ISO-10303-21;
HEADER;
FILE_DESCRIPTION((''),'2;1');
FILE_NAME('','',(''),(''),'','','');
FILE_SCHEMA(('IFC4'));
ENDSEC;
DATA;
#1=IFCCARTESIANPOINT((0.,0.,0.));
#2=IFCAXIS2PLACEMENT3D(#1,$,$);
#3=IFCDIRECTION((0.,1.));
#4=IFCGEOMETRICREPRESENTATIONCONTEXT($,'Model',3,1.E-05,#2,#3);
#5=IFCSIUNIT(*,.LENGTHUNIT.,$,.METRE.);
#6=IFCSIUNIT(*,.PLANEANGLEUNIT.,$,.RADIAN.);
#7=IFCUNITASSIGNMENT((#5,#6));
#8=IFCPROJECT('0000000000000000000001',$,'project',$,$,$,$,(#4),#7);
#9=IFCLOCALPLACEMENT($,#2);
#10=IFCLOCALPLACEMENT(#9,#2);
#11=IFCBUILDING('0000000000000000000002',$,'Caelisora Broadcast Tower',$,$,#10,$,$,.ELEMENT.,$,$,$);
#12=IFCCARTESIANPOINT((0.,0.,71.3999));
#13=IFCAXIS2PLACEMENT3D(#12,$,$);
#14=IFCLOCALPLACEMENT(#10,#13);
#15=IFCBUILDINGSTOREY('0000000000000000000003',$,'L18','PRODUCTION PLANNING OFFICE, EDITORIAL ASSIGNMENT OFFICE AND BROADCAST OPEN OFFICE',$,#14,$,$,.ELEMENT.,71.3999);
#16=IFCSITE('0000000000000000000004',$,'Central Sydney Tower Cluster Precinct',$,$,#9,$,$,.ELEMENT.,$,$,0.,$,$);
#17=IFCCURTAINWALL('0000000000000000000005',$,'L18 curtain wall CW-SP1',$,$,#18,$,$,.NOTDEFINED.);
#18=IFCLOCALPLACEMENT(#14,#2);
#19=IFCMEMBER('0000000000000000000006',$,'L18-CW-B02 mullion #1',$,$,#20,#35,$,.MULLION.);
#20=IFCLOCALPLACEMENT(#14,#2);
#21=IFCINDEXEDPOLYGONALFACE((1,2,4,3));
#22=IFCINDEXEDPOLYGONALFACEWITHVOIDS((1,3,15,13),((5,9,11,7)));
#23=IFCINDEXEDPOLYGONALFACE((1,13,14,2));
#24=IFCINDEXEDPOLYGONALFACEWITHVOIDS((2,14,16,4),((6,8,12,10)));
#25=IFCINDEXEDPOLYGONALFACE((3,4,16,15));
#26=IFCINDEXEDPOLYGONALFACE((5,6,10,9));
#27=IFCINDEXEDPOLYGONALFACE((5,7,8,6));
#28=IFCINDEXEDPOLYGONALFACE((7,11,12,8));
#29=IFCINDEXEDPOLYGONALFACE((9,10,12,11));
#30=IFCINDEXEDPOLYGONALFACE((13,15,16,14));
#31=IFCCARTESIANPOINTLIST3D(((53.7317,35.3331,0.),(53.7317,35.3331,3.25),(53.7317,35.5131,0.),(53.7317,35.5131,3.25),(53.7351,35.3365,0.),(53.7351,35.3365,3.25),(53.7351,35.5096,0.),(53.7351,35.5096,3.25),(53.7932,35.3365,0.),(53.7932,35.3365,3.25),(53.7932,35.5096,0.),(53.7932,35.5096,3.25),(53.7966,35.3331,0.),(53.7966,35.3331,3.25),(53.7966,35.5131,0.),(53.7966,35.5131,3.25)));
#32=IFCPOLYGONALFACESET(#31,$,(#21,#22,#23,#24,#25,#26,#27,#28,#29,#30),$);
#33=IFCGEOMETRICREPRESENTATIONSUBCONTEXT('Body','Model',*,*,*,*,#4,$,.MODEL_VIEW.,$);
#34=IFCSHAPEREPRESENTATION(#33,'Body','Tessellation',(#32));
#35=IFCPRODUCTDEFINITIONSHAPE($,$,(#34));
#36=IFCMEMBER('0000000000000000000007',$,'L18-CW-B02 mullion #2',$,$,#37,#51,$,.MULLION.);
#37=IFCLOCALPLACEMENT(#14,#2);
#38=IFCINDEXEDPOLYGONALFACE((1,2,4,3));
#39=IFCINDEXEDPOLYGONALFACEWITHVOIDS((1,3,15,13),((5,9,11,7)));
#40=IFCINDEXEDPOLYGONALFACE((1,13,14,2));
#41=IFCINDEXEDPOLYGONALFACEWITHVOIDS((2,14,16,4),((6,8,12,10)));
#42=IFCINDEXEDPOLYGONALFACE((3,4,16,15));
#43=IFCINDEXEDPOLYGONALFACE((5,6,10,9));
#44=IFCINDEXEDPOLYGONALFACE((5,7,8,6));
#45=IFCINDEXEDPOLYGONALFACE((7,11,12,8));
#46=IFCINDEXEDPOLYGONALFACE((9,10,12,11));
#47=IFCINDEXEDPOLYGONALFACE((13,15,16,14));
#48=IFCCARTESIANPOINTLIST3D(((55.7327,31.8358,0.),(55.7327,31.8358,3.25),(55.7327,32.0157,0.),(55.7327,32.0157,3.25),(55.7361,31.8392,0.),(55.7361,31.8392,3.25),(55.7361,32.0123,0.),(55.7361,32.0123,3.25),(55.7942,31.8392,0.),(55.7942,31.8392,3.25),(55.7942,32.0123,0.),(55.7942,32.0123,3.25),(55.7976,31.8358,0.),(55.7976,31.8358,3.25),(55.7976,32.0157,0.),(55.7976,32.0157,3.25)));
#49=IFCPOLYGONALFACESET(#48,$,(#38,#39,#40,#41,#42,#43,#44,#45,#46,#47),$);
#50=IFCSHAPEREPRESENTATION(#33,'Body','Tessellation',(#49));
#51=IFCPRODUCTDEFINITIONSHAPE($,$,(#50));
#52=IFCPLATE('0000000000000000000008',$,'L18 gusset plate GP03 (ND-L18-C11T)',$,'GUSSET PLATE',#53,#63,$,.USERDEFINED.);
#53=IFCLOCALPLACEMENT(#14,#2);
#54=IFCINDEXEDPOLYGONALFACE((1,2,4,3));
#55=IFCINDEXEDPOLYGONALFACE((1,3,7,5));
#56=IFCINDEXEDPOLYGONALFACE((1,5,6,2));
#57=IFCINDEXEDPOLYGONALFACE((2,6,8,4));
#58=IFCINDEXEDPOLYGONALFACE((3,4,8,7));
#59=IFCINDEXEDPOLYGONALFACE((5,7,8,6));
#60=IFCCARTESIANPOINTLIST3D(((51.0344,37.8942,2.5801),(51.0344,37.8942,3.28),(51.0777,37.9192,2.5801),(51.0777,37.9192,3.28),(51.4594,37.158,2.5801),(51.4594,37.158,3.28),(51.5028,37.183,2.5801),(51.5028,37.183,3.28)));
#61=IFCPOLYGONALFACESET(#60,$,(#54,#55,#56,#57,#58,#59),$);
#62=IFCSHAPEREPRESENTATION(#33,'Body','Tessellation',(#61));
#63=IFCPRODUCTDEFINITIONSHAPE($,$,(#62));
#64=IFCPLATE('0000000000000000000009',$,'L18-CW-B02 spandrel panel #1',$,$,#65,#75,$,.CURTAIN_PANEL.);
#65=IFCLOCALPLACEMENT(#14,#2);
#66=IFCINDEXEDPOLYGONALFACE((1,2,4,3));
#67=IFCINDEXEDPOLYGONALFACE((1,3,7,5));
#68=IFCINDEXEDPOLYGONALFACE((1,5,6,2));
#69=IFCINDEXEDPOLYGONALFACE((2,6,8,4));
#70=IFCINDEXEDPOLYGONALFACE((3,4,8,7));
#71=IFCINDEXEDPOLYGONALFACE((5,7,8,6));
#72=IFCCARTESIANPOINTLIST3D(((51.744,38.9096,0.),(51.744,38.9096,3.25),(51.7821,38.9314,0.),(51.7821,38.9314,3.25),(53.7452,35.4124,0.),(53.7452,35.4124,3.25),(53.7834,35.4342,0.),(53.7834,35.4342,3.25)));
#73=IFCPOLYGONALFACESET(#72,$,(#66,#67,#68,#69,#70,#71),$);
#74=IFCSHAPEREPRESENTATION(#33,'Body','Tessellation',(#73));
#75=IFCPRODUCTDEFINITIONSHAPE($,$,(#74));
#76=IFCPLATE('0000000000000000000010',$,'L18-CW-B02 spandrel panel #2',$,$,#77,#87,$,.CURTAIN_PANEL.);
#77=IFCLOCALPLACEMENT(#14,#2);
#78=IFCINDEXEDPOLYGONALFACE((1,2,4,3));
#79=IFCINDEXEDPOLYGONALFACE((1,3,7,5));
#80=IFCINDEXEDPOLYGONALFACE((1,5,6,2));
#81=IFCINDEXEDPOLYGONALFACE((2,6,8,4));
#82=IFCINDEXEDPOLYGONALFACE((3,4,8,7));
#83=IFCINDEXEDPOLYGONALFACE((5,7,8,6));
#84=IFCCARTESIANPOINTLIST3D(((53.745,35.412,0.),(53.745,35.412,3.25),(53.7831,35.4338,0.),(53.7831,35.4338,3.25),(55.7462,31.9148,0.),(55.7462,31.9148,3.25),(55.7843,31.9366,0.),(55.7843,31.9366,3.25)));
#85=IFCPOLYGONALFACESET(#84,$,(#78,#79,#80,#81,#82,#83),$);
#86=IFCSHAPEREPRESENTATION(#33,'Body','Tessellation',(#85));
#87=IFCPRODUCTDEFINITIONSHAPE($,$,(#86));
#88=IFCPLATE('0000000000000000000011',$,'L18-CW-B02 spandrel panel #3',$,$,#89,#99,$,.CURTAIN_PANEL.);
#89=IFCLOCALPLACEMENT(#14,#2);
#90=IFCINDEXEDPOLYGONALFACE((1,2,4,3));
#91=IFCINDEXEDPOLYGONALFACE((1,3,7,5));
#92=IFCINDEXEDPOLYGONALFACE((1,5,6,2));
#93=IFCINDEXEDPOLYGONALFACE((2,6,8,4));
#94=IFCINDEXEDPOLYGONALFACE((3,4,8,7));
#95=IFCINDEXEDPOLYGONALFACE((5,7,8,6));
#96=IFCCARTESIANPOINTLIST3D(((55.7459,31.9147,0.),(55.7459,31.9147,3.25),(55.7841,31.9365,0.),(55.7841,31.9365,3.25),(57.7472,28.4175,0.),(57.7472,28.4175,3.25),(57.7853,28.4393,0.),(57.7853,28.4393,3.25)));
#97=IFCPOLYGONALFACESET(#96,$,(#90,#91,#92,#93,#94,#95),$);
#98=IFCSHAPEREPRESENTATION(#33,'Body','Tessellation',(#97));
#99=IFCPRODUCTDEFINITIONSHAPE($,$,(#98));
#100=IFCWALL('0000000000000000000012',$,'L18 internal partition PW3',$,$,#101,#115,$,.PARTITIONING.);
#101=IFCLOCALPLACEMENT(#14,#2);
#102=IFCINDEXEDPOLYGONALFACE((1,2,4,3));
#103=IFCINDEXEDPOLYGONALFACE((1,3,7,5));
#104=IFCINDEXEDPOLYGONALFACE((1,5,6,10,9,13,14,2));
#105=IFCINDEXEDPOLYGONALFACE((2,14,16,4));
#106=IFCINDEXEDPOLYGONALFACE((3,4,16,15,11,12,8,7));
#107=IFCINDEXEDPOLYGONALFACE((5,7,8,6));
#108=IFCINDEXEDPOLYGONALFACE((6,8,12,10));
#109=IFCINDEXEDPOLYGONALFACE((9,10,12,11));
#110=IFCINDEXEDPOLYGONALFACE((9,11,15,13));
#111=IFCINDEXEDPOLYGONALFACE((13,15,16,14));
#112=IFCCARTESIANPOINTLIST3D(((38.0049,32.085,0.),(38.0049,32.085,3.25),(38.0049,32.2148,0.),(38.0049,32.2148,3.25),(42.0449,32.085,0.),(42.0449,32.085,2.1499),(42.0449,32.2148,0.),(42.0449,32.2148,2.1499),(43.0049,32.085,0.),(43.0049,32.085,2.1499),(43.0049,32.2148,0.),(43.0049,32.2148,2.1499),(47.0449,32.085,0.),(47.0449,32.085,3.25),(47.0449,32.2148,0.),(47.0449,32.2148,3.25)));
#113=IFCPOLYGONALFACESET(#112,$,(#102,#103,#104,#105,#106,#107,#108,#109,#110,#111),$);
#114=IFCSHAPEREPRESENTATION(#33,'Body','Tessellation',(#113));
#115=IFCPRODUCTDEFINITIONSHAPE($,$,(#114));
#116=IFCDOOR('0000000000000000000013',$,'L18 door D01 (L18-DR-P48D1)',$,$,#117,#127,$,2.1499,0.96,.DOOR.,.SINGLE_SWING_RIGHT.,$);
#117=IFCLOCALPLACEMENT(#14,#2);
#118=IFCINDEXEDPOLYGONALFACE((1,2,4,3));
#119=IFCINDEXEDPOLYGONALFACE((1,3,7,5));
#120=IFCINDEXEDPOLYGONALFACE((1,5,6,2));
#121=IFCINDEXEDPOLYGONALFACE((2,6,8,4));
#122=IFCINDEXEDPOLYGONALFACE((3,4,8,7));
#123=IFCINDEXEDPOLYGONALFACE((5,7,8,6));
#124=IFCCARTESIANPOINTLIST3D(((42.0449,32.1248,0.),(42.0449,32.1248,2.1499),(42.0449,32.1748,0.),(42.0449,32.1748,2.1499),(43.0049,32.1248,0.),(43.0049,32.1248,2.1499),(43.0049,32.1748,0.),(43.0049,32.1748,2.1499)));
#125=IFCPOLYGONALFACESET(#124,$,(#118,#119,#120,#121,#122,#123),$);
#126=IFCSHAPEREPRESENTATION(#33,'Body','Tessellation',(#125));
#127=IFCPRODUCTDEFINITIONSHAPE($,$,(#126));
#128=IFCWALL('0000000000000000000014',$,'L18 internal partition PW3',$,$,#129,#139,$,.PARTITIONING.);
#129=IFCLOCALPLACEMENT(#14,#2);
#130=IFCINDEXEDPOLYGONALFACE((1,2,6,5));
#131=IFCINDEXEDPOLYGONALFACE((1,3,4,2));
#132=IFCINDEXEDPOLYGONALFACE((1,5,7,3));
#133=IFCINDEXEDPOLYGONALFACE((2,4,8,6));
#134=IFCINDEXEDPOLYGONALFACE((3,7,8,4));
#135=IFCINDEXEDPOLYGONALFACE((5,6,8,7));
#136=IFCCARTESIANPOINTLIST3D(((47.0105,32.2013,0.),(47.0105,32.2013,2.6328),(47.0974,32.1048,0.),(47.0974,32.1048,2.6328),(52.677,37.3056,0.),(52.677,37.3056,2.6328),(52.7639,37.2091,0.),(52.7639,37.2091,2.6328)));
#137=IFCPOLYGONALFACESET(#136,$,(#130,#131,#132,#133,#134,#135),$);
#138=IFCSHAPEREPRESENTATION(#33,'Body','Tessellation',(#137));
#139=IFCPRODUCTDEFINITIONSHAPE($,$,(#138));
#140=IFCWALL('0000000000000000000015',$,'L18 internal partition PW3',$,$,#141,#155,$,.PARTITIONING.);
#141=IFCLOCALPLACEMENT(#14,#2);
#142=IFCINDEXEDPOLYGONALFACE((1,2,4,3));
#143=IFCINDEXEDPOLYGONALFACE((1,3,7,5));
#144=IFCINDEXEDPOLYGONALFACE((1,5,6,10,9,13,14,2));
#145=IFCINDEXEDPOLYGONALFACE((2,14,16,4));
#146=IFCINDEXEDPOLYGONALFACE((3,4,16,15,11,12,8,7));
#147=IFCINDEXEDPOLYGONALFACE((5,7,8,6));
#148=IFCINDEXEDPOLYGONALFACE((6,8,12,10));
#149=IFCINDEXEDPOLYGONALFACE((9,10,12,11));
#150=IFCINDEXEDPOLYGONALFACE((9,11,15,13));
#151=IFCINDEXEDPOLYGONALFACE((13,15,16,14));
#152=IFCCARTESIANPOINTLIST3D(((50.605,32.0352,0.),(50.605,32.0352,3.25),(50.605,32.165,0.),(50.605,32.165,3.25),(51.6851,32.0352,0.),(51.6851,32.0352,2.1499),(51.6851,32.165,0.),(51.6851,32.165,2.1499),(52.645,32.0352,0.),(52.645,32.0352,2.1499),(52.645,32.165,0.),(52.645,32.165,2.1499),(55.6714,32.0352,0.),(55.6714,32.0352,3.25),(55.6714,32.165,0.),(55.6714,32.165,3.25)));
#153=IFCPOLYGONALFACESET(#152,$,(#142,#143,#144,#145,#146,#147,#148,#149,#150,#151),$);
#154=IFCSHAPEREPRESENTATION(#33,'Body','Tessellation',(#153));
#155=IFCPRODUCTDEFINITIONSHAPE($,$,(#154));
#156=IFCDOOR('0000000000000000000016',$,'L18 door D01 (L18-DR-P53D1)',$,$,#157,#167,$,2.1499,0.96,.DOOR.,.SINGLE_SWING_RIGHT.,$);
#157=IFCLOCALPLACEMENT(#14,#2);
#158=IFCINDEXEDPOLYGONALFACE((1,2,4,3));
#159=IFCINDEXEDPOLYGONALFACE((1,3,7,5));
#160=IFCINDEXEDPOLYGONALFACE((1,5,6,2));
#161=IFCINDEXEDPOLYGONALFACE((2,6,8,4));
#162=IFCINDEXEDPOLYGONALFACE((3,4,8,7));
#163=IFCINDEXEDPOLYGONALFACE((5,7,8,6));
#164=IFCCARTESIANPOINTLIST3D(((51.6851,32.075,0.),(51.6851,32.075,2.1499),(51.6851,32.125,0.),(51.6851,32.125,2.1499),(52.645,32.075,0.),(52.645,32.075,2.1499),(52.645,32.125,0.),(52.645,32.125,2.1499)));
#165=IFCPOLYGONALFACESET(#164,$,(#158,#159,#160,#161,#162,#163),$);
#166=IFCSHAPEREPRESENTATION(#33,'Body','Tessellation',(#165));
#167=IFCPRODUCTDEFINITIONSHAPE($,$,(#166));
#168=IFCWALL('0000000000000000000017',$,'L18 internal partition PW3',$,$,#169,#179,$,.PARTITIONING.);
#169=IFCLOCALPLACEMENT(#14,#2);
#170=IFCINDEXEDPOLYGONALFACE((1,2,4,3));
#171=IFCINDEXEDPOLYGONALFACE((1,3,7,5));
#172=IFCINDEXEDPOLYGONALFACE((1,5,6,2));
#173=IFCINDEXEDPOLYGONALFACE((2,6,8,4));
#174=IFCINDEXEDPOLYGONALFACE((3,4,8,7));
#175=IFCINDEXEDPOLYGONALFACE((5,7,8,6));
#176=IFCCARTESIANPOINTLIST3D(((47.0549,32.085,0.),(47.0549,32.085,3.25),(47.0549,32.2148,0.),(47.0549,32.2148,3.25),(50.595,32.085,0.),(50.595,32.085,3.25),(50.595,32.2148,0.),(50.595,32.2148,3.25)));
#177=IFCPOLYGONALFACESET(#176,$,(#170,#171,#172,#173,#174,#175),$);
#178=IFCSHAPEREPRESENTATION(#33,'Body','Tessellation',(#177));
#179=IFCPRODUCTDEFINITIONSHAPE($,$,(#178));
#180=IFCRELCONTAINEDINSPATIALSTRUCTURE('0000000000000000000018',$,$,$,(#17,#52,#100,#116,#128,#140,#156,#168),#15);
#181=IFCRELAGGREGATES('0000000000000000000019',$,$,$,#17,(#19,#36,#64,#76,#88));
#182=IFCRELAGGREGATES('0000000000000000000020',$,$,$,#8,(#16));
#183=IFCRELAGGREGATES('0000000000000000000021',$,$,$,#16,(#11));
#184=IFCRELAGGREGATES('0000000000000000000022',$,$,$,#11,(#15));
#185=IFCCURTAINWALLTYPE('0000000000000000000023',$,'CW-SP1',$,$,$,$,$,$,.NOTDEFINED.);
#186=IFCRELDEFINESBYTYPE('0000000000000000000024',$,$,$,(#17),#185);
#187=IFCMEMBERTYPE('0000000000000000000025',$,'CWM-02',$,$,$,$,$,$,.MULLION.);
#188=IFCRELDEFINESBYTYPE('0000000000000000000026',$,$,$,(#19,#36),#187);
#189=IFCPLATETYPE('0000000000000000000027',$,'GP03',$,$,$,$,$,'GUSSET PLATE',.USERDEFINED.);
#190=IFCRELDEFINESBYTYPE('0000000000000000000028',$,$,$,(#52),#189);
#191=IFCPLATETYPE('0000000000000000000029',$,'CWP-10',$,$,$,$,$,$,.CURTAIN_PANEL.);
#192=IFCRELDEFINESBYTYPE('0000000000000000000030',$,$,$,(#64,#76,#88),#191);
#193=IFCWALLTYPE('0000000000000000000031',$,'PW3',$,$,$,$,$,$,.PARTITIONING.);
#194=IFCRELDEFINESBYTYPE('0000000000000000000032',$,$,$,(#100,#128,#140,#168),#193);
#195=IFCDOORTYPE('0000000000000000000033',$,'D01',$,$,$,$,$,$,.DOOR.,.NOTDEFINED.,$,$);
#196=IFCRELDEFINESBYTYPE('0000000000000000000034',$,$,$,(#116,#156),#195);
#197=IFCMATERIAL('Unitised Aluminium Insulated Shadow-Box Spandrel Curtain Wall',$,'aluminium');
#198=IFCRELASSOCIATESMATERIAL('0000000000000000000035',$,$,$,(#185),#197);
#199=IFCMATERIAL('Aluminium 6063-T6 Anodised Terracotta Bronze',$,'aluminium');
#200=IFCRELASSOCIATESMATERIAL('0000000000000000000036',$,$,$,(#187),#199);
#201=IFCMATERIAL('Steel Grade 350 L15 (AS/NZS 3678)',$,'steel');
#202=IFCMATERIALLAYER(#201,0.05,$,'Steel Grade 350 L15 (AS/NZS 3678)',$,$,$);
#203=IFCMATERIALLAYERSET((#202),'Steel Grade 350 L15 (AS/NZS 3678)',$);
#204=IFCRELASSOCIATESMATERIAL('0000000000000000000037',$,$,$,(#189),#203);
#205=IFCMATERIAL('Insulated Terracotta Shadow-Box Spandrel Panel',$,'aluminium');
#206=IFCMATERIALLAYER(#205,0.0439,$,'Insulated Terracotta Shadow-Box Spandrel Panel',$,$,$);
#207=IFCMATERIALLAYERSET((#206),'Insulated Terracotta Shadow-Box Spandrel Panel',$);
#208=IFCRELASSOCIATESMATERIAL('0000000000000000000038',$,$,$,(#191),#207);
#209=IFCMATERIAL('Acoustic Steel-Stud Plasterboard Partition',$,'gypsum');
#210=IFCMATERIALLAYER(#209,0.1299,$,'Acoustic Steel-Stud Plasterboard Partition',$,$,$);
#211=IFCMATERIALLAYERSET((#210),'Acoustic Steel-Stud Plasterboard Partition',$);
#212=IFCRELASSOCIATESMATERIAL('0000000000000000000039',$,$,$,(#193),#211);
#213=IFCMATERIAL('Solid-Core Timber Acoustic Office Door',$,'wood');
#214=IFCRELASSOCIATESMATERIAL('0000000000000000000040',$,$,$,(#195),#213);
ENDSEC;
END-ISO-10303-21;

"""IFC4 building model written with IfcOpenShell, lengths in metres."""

from ifc_helpers import new_model, si_unit, direction, frame, frame_2d, origin, origin_2d, place, context, subcontext, project, spatial, rectangle, hollow_rectangle, extrude, source, transform, mapped, material, layer, layer_set, material_profile, profile_set, type_object, type_shapes, element, fill, aggregate, save


model = new_model("IFC4")

# Units and contexts
model_context = context("Model", 3, precision=1e-05, world=origin(), true_north=direction((0.0, 1.0)))
body_context = subcontext(model_context, "Body", "Model", "MODEL_VIEW")
ifc_project = project(units=[si_unit("LENGTHUNIT", "METRE"), si_unit("PLANEANGLEUNIT", "RADIAN")], contexts=[model_context])

# Site, building, storey
site_placement = place(None, origin())
site = spatial("IfcSite", under=ifc_project, at=site_placement, Name="Central Sydney Tower Cluster Precinct", CompositionType="ELEMENT", RefElevation=0.0)
building_placement = place(site_placement, origin())
building = spatial("IfcBuilding", under=site, at=building_placement, Name="Caelisora Broadcast Tower", CompositionType="ELEMENT")
storey_placement = place(building_placement, frame((0.0, 0.0, 71.3999)))
storey = spatial("IfcBuildingStorey", under=building, at=storey_placement, Name="L18", Description="PRODUCTION PLANNING OFFICE, EDITORIAL ASSIGNMENT OFFICE AND BROADCAST OPEN OFFICE", CompositionType="ELEMENT", Elevation=71.3999)

# Curtain wall, members
ifc_material_1 = material(Name="Unitised Aluminium Insulated Shadow-Box Spandrel Curtain Wall", Category="aluminium")
curtain_wall_type = type_object("IfcCurtainWallType", Name="CW-SP1", PredefinedType="NOTDEFINED", material=ifc_material_1)
curtain_wall_placement = place(storey_placement, origin())
curtain_wall = element("IfcCurtainWall", 1, at=curtain_wall_placement, inside=storey, type_object=curtain_wall_type, Name="L18 curtain wall CW-SP1", PredefinedType="NOTDEFINED")
ifc_material_2 = material(Name="Aluminium 6063-T6 Anodised Terracotta Bronze", Category="aluminium")
ifc_material_profile_1 = material_profile(ifc_material_2, hollow_rectangle(XDim=0.0649, YDim=0.1799, WallThickness=0.0034, at=origin_2d()), Name="Aluminium 6063-T6 Anodised Terracotta Bronze")
ifc_profile_set_1 = profile_set([ifc_material_profile_1], Name="Aluminium 6063-T6 Anodised Terracotta Bronze")
member_type = type_object("IfcMemberType", Name="CWM-02", PredefinedType="MULLION", material=ifc_profile_set_1)
shared_shape_1 = source(origin(), body_context, "Body", "SweptSolid", [
    extrude(hollow_rectangle(XDim=0.0649, YDim=0.1799, WallThickness=0.0034, at=origin_2d()), origin(), (0.0, 0.0, 1.0), 3.25),
])
type_shapes(member_type, [shared_shape_1])
member_1_placement = place(storey_placement, frame((53.7642, 35.4231, 0.0), z_axis=(0.0, 0.0, 1.0), x_axis=(1.0, 0.0, 0.0)))
member_1 = element("IfcMember", 2, at=member_1_placement, type_object=member_type, Name="L18-CW-B02 mullion #1", PredefinedType="MULLION", context=body_context, shape_type="MappedRepresentation", body=[
    mapped(shared_shape_1, transform((0.0, 0.0, 0.0), scale=1.0)),
])
member_2_placement = place(storey_placement, frame((55.7651, 31.9258, 0.0), z_axis=(0.0, 0.0, 1.0), x_axis=(1.0, 0.0, 0.0)))
member_2 = element("IfcMember", 3, at=member_2_placement, type_object=member_type, Name="L18-CW-B02 mullion #2", PredefinedType="MULLION", context=body_context, shape_type="MappedRepresentation", body=[
    mapped(shared_shape_1, transform((0.0, 0.0, 0.0), scale=1.0)),
])

# Plates
ifc_material_3 = material(Name="Steel Grade 350 L15 (AS/NZS 3678)", Category="steel")
ifc_layer_1 = layer(ifc_material_3, 0.05, Name="Steel Grade 350 L15 (AS/NZS 3678)")
ifc_layer_set_1 = layer_set([ifc_layer_1], Name="Steel Grade 350 L15 (AS/NZS 3678)")
plate_type_1 = type_object("IfcPlateType", Name="GP03", ElementType="GUSSET PLATE", PredefinedType="USERDEFINED", material=ifc_layer_set_1)
shared_shape_2 = source(origin(), body_context, "Body", "SweptSolid", [
    extrude(rectangle(XDim=0.8501, YDim=0.05, at=origin_2d()), origin(), (0.0, 0.0, 1.0), 0.7),
])
type_shapes(plate_type_1, [shared_shape_2])
plate_1_placement = place(storey_placement, frame((51.2686, 37.5386, 2.5801), z_axis=(0.0, 0.0, 1.0), x_axis=(-0.5, 0.866025, 0.0)))
element("IfcPlate", 4, at=plate_1_placement, inside=storey, type_object=plate_type_1, Name="L18 gusset plate GP03 (ND-L18-C11T)", ObjectType="GUSSET PLATE", PredefinedType="USERDEFINED", context=body_context, shape_type="MappedRepresentation", body=[
    mapped(shared_shape_2, transform((0.0, 0.0, 0.0), scale=1.0)),
])
ifc_material_4 = material(Name="Insulated Terracotta Shadow-Box Spandrel Panel", Category="aluminium")
ifc_layer_2 = layer(ifc_material_4, 0.0439, Name="Insulated Terracotta Shadow-Box Spandrel Panel")
ifc_layer_set_2 = layer_set([ifc_layer_2], Name="Insulated Terracotta Shadow-Box Spandrel Panel")
plate_type_2 = type_object("IfcPlateType", Name="CWP-10", PredefinedType="CURTAIN_PANEL", material=ifc_layer_set_2)
shared_shape_3 = source(origin(), body_context, "Body", "SweptSolid", [
    extrude(rectangle(XDim=4.0293, YDim=0.0439, at=origin_2d()), origin(), (0.0, 0.0, 1.0), 3.25),
])
type_shapes(plate_type_2, [shared_shape_3])
plate_2_placement = place(storey_placement, frame((52.7637, 37.1719, 0.0), z_axis=(0.0, 0.0, 1.0), x_axis=(0.496671, -0.867939, 0.0)))
plate_2 = element("IfcPlate", 5, at=plate_2_placement, type_object=plate_type_2, Name="L18-CW-B02 spandrel panel #1", PredefinedType="CURTAIN_PANEL", context=body_context, shape_type="MappedRepresentation", body=[
    mapped(shared_shape_3, transform((0.0, 0.0, 0.0), scale=1.0)),
])
plate_3_placement = place(storey_placement, frame((54.7646, 33.6743, 0.0), z_axis=(0.0, 0.0, 1.0), x_axis=(0.496671, -0.867939, 0.0)))
plate_3 = element("IfcPlate", 6, at=plate_3_placement, type_object=plate_type_2, Name="L18-CW-B02 spandrel panel #2", PredefinedType="CURTAIN_PANEL", context=body_context, shape_type="MappedRepresentation", body=[
    mapped(shared_shape_3, transform((0.0, 0.0, 0.0), scale=1.0)),
])
plate_4_placement = place(storey_placement, frame((56.7656, 30.177, 0.0), z_axis=(0.0, 0.0, 1.0), x_axis=(0.496671, -0.867939, 0.0)))
plate_4 = element("IfcPlate", 7, at=plate_4_placement, type_object=plate_type_2, Name="L18-CW-B02 spandrel panel #3", PredefinedType="CURTAIN_PANEL", context=body_context, shape_type="MappedRepresentation", body=[
    mapped(shared_shape_3, transform((0.0, 0.0, 0.0), scale=1.0)),
])
aggregate(curtain_wall, [member_1, member_2, plate_2, plate_3, plate_4])

# Wall, opening, door
ifc_material_5 = material(Name="Acoustic Steel-Stud Plasterboard Partition", Category="gypsum")
ifc_layer_3 = layer(ifc_material_5, 0.1299, Name="Acoustic Steel-Stud Plasterboard Partition")
ifc_layer_set_3 = layer_set([ifc_layer_3], Name="Acoustic Steel-Stud Plasterboard Partition")
wall_type_1 = type_object("IfcWallType", Name="PW3", PredefinedType="PARTITIONING", material=ifc_layer_set_3)
wall_1_placement = place(storey_placement, frame((38.0049, 32.1499, 0.0), z_axis=(0.0, 0.0, 1.0), x_axis=(1.0, 0.0, 0.0)))
wall_1 = element("IfcWall", 8, at=wall_1_placement, inside=storey, type_object=wall_type_1, Name="L18 internal partition PW3", PredefinedType="PARTITIONING", context=body_context, shape_type="SweptSolid", body=[
    extrude(rectangle(XDim=9.04, YDim=0.1299, at=frame_2d((4.52, 0.0))), origin(), (0.0, 0.0, 1.0), 3.25),
])
opening_1_placement = place(wall_1_placement, frame((4.04, 0.0, 0.0)))
opening_1 = element("IfcOpeningElement", 9, at=opening_1_placement, cuts=wall_1, PredefinedType="OPENING", context=body_context, shape_type="SweptSolid", body=[
    extrude(rectangle(XDim=0.96, YDim=2.1499, at=frame_2d((0.48, 1.075))), frame((0.0, 0.0769, 0.0), z_axis=(0.0, -1.0, 0.0), x_axis=(1.0, 0.0, 0.0)), (0.0, 0.0, 1.0), 0.1538),
])
ifc_material_6 = material(Name="Solid-Core Timber Acoustic Office Door", Category="wood")
door_type_1 = type_object("IfcDoorType", Name="D01", OperationType="NOTDEFINED", PredefinedType="DOOR", material=ifc_material_6)
door_1_placement = place(opening_1_placement, origin())
door_1 = element("IfcDoor", 10, at=door_1_placement, inside=storey, type_object=door_type_1, Name="L18 door D01 (L18-DR-P48D1)", OperationType="SINGLE_SWING_RIGHT", OverallHeight=2.1499, OverallWidth=0.96, PredefinedType="DOOR", context=body_context, shape_type="SweptSolid", body=[
    extrude(rectangle(XDim=0.96, YDim=2.1499, at=frame_2d((0.48, 1.075))), frame((0.0, 0.0249, 0.0), z_axis=(0.0, -1.0, 0.0), x_axis=(1.0, 0.0, 0.0)), (0.0, 0.0, 1.0), 0.05),
])
fill(opening_1, door_1)

# Wall
wall_2_placement = place(storey_placement, frame((47.054, 32.1531, 0.0), z_axis=(0.0, 0.0, 1.0), x_axis=(0.743008, 0.669283, 0.0)))
element("IfcWall", 11, at=wall_2_placement, inside=storey, type_object=wall_type_1, Name="L18 internal partition PW3", PredefinedType="PARTITIONING", context=body_context, shape_type="SweptSolid", body=[
    extrude(rectangle(XDim=7.6265, YDim=0.1299, at=frame_2d((3.8132, 0.0))), origin(), (0.0, 0.0, 1.0), 2.6328),
])

# Wall, opening, door
wall_3_placement = place(storey_placement, frame((50.605, 32.1001, 0.0), z_axis=(0.0, 0.0, 1.0), x_axis=(1.0, 0.0, 0.0)))
wall_3 = element("IfcWall", 12, at=wall_3_placement, inside=storey, type_object=wall_type_1, Name="L18 internal partition PW3", PredefinedType="PARTITIONING", context=body_context, shape_type="SweptSolid", body=[
    extrude(rectangle(XDim=5.0664, YDim=0.1299, at=frame_2d((2.5332, 0.0))), origin(), (0.0, 0.0, 1.0), 3.25),
])
opening_2_placement = place(wall_3_placement, frame((1.0801, 0.0, 0.0)))
opening_2 = element("IfcOpeningElement", 13, at=opening_2_placement, cuts=wall_3, PredefinedType="OPENING", context=body_context, shape_type="SweptSolid", body=[
    extrude(rectangle(XDim=0.96, YDim=2.1499, at=frame_2d((0.48, 1.075))), frame((0.0, 0.0769, 0.0), z_axis=(0.0, -1.0, 0.0), x_axis=(1.0, 0.0, 0.0)), (0.0, 0.0, 1.0), 0.1538),
])
door_2_placement = place(opening_2_placement, origin())
door_2 = element("IfcDoor", 14, at=door_2_placement, inside=storey, type_object=door_type_1, Name="L18 door D01 (L18-DR-P53D1)", OperationType="SINGLE_SWING_RIGHT", OverallHeight=2.1499, OverallWidth=0.96, PredefinedType="DOOR", context=body_context, shape_type="SweptSolid", body=[
    extrude(rectangle(XDim=0.96, YDim=2.1499, at=frame_2d((0.48, 1.075))), frame((0.0, 0.0249, 0.0), z_axis=(0.0, -1.0, 0.0), x_axis=(1.0, 0.0, 0.0)), (0.0, 0.0, 1.0), 0.05),
])
fill(opening_2, door_2)

# Wall
wall_4_placement = place(storey_placement, frame((47.0549, 32.1499, 0.0), z_axis=(0.0, 0.0, 1.0), x_axis=(1.0, 0.0, 0.0)))
element("IfcWall", 15, at=wall_4_placement, inside=storey, type_object=wall_type_1, Name="L18 internal partition PW3", PredefinedType="PARTITIONING", context=body_context, shape_type="SweptSolid", body=[
    extrude(rectangle(XDim=3.54, YDim=0.1299, at=frame_2d((1.77, 0.0))), origin(), (0.0, 0.0, 1.0), 3.25),
])

save(model, "model.ifc")
